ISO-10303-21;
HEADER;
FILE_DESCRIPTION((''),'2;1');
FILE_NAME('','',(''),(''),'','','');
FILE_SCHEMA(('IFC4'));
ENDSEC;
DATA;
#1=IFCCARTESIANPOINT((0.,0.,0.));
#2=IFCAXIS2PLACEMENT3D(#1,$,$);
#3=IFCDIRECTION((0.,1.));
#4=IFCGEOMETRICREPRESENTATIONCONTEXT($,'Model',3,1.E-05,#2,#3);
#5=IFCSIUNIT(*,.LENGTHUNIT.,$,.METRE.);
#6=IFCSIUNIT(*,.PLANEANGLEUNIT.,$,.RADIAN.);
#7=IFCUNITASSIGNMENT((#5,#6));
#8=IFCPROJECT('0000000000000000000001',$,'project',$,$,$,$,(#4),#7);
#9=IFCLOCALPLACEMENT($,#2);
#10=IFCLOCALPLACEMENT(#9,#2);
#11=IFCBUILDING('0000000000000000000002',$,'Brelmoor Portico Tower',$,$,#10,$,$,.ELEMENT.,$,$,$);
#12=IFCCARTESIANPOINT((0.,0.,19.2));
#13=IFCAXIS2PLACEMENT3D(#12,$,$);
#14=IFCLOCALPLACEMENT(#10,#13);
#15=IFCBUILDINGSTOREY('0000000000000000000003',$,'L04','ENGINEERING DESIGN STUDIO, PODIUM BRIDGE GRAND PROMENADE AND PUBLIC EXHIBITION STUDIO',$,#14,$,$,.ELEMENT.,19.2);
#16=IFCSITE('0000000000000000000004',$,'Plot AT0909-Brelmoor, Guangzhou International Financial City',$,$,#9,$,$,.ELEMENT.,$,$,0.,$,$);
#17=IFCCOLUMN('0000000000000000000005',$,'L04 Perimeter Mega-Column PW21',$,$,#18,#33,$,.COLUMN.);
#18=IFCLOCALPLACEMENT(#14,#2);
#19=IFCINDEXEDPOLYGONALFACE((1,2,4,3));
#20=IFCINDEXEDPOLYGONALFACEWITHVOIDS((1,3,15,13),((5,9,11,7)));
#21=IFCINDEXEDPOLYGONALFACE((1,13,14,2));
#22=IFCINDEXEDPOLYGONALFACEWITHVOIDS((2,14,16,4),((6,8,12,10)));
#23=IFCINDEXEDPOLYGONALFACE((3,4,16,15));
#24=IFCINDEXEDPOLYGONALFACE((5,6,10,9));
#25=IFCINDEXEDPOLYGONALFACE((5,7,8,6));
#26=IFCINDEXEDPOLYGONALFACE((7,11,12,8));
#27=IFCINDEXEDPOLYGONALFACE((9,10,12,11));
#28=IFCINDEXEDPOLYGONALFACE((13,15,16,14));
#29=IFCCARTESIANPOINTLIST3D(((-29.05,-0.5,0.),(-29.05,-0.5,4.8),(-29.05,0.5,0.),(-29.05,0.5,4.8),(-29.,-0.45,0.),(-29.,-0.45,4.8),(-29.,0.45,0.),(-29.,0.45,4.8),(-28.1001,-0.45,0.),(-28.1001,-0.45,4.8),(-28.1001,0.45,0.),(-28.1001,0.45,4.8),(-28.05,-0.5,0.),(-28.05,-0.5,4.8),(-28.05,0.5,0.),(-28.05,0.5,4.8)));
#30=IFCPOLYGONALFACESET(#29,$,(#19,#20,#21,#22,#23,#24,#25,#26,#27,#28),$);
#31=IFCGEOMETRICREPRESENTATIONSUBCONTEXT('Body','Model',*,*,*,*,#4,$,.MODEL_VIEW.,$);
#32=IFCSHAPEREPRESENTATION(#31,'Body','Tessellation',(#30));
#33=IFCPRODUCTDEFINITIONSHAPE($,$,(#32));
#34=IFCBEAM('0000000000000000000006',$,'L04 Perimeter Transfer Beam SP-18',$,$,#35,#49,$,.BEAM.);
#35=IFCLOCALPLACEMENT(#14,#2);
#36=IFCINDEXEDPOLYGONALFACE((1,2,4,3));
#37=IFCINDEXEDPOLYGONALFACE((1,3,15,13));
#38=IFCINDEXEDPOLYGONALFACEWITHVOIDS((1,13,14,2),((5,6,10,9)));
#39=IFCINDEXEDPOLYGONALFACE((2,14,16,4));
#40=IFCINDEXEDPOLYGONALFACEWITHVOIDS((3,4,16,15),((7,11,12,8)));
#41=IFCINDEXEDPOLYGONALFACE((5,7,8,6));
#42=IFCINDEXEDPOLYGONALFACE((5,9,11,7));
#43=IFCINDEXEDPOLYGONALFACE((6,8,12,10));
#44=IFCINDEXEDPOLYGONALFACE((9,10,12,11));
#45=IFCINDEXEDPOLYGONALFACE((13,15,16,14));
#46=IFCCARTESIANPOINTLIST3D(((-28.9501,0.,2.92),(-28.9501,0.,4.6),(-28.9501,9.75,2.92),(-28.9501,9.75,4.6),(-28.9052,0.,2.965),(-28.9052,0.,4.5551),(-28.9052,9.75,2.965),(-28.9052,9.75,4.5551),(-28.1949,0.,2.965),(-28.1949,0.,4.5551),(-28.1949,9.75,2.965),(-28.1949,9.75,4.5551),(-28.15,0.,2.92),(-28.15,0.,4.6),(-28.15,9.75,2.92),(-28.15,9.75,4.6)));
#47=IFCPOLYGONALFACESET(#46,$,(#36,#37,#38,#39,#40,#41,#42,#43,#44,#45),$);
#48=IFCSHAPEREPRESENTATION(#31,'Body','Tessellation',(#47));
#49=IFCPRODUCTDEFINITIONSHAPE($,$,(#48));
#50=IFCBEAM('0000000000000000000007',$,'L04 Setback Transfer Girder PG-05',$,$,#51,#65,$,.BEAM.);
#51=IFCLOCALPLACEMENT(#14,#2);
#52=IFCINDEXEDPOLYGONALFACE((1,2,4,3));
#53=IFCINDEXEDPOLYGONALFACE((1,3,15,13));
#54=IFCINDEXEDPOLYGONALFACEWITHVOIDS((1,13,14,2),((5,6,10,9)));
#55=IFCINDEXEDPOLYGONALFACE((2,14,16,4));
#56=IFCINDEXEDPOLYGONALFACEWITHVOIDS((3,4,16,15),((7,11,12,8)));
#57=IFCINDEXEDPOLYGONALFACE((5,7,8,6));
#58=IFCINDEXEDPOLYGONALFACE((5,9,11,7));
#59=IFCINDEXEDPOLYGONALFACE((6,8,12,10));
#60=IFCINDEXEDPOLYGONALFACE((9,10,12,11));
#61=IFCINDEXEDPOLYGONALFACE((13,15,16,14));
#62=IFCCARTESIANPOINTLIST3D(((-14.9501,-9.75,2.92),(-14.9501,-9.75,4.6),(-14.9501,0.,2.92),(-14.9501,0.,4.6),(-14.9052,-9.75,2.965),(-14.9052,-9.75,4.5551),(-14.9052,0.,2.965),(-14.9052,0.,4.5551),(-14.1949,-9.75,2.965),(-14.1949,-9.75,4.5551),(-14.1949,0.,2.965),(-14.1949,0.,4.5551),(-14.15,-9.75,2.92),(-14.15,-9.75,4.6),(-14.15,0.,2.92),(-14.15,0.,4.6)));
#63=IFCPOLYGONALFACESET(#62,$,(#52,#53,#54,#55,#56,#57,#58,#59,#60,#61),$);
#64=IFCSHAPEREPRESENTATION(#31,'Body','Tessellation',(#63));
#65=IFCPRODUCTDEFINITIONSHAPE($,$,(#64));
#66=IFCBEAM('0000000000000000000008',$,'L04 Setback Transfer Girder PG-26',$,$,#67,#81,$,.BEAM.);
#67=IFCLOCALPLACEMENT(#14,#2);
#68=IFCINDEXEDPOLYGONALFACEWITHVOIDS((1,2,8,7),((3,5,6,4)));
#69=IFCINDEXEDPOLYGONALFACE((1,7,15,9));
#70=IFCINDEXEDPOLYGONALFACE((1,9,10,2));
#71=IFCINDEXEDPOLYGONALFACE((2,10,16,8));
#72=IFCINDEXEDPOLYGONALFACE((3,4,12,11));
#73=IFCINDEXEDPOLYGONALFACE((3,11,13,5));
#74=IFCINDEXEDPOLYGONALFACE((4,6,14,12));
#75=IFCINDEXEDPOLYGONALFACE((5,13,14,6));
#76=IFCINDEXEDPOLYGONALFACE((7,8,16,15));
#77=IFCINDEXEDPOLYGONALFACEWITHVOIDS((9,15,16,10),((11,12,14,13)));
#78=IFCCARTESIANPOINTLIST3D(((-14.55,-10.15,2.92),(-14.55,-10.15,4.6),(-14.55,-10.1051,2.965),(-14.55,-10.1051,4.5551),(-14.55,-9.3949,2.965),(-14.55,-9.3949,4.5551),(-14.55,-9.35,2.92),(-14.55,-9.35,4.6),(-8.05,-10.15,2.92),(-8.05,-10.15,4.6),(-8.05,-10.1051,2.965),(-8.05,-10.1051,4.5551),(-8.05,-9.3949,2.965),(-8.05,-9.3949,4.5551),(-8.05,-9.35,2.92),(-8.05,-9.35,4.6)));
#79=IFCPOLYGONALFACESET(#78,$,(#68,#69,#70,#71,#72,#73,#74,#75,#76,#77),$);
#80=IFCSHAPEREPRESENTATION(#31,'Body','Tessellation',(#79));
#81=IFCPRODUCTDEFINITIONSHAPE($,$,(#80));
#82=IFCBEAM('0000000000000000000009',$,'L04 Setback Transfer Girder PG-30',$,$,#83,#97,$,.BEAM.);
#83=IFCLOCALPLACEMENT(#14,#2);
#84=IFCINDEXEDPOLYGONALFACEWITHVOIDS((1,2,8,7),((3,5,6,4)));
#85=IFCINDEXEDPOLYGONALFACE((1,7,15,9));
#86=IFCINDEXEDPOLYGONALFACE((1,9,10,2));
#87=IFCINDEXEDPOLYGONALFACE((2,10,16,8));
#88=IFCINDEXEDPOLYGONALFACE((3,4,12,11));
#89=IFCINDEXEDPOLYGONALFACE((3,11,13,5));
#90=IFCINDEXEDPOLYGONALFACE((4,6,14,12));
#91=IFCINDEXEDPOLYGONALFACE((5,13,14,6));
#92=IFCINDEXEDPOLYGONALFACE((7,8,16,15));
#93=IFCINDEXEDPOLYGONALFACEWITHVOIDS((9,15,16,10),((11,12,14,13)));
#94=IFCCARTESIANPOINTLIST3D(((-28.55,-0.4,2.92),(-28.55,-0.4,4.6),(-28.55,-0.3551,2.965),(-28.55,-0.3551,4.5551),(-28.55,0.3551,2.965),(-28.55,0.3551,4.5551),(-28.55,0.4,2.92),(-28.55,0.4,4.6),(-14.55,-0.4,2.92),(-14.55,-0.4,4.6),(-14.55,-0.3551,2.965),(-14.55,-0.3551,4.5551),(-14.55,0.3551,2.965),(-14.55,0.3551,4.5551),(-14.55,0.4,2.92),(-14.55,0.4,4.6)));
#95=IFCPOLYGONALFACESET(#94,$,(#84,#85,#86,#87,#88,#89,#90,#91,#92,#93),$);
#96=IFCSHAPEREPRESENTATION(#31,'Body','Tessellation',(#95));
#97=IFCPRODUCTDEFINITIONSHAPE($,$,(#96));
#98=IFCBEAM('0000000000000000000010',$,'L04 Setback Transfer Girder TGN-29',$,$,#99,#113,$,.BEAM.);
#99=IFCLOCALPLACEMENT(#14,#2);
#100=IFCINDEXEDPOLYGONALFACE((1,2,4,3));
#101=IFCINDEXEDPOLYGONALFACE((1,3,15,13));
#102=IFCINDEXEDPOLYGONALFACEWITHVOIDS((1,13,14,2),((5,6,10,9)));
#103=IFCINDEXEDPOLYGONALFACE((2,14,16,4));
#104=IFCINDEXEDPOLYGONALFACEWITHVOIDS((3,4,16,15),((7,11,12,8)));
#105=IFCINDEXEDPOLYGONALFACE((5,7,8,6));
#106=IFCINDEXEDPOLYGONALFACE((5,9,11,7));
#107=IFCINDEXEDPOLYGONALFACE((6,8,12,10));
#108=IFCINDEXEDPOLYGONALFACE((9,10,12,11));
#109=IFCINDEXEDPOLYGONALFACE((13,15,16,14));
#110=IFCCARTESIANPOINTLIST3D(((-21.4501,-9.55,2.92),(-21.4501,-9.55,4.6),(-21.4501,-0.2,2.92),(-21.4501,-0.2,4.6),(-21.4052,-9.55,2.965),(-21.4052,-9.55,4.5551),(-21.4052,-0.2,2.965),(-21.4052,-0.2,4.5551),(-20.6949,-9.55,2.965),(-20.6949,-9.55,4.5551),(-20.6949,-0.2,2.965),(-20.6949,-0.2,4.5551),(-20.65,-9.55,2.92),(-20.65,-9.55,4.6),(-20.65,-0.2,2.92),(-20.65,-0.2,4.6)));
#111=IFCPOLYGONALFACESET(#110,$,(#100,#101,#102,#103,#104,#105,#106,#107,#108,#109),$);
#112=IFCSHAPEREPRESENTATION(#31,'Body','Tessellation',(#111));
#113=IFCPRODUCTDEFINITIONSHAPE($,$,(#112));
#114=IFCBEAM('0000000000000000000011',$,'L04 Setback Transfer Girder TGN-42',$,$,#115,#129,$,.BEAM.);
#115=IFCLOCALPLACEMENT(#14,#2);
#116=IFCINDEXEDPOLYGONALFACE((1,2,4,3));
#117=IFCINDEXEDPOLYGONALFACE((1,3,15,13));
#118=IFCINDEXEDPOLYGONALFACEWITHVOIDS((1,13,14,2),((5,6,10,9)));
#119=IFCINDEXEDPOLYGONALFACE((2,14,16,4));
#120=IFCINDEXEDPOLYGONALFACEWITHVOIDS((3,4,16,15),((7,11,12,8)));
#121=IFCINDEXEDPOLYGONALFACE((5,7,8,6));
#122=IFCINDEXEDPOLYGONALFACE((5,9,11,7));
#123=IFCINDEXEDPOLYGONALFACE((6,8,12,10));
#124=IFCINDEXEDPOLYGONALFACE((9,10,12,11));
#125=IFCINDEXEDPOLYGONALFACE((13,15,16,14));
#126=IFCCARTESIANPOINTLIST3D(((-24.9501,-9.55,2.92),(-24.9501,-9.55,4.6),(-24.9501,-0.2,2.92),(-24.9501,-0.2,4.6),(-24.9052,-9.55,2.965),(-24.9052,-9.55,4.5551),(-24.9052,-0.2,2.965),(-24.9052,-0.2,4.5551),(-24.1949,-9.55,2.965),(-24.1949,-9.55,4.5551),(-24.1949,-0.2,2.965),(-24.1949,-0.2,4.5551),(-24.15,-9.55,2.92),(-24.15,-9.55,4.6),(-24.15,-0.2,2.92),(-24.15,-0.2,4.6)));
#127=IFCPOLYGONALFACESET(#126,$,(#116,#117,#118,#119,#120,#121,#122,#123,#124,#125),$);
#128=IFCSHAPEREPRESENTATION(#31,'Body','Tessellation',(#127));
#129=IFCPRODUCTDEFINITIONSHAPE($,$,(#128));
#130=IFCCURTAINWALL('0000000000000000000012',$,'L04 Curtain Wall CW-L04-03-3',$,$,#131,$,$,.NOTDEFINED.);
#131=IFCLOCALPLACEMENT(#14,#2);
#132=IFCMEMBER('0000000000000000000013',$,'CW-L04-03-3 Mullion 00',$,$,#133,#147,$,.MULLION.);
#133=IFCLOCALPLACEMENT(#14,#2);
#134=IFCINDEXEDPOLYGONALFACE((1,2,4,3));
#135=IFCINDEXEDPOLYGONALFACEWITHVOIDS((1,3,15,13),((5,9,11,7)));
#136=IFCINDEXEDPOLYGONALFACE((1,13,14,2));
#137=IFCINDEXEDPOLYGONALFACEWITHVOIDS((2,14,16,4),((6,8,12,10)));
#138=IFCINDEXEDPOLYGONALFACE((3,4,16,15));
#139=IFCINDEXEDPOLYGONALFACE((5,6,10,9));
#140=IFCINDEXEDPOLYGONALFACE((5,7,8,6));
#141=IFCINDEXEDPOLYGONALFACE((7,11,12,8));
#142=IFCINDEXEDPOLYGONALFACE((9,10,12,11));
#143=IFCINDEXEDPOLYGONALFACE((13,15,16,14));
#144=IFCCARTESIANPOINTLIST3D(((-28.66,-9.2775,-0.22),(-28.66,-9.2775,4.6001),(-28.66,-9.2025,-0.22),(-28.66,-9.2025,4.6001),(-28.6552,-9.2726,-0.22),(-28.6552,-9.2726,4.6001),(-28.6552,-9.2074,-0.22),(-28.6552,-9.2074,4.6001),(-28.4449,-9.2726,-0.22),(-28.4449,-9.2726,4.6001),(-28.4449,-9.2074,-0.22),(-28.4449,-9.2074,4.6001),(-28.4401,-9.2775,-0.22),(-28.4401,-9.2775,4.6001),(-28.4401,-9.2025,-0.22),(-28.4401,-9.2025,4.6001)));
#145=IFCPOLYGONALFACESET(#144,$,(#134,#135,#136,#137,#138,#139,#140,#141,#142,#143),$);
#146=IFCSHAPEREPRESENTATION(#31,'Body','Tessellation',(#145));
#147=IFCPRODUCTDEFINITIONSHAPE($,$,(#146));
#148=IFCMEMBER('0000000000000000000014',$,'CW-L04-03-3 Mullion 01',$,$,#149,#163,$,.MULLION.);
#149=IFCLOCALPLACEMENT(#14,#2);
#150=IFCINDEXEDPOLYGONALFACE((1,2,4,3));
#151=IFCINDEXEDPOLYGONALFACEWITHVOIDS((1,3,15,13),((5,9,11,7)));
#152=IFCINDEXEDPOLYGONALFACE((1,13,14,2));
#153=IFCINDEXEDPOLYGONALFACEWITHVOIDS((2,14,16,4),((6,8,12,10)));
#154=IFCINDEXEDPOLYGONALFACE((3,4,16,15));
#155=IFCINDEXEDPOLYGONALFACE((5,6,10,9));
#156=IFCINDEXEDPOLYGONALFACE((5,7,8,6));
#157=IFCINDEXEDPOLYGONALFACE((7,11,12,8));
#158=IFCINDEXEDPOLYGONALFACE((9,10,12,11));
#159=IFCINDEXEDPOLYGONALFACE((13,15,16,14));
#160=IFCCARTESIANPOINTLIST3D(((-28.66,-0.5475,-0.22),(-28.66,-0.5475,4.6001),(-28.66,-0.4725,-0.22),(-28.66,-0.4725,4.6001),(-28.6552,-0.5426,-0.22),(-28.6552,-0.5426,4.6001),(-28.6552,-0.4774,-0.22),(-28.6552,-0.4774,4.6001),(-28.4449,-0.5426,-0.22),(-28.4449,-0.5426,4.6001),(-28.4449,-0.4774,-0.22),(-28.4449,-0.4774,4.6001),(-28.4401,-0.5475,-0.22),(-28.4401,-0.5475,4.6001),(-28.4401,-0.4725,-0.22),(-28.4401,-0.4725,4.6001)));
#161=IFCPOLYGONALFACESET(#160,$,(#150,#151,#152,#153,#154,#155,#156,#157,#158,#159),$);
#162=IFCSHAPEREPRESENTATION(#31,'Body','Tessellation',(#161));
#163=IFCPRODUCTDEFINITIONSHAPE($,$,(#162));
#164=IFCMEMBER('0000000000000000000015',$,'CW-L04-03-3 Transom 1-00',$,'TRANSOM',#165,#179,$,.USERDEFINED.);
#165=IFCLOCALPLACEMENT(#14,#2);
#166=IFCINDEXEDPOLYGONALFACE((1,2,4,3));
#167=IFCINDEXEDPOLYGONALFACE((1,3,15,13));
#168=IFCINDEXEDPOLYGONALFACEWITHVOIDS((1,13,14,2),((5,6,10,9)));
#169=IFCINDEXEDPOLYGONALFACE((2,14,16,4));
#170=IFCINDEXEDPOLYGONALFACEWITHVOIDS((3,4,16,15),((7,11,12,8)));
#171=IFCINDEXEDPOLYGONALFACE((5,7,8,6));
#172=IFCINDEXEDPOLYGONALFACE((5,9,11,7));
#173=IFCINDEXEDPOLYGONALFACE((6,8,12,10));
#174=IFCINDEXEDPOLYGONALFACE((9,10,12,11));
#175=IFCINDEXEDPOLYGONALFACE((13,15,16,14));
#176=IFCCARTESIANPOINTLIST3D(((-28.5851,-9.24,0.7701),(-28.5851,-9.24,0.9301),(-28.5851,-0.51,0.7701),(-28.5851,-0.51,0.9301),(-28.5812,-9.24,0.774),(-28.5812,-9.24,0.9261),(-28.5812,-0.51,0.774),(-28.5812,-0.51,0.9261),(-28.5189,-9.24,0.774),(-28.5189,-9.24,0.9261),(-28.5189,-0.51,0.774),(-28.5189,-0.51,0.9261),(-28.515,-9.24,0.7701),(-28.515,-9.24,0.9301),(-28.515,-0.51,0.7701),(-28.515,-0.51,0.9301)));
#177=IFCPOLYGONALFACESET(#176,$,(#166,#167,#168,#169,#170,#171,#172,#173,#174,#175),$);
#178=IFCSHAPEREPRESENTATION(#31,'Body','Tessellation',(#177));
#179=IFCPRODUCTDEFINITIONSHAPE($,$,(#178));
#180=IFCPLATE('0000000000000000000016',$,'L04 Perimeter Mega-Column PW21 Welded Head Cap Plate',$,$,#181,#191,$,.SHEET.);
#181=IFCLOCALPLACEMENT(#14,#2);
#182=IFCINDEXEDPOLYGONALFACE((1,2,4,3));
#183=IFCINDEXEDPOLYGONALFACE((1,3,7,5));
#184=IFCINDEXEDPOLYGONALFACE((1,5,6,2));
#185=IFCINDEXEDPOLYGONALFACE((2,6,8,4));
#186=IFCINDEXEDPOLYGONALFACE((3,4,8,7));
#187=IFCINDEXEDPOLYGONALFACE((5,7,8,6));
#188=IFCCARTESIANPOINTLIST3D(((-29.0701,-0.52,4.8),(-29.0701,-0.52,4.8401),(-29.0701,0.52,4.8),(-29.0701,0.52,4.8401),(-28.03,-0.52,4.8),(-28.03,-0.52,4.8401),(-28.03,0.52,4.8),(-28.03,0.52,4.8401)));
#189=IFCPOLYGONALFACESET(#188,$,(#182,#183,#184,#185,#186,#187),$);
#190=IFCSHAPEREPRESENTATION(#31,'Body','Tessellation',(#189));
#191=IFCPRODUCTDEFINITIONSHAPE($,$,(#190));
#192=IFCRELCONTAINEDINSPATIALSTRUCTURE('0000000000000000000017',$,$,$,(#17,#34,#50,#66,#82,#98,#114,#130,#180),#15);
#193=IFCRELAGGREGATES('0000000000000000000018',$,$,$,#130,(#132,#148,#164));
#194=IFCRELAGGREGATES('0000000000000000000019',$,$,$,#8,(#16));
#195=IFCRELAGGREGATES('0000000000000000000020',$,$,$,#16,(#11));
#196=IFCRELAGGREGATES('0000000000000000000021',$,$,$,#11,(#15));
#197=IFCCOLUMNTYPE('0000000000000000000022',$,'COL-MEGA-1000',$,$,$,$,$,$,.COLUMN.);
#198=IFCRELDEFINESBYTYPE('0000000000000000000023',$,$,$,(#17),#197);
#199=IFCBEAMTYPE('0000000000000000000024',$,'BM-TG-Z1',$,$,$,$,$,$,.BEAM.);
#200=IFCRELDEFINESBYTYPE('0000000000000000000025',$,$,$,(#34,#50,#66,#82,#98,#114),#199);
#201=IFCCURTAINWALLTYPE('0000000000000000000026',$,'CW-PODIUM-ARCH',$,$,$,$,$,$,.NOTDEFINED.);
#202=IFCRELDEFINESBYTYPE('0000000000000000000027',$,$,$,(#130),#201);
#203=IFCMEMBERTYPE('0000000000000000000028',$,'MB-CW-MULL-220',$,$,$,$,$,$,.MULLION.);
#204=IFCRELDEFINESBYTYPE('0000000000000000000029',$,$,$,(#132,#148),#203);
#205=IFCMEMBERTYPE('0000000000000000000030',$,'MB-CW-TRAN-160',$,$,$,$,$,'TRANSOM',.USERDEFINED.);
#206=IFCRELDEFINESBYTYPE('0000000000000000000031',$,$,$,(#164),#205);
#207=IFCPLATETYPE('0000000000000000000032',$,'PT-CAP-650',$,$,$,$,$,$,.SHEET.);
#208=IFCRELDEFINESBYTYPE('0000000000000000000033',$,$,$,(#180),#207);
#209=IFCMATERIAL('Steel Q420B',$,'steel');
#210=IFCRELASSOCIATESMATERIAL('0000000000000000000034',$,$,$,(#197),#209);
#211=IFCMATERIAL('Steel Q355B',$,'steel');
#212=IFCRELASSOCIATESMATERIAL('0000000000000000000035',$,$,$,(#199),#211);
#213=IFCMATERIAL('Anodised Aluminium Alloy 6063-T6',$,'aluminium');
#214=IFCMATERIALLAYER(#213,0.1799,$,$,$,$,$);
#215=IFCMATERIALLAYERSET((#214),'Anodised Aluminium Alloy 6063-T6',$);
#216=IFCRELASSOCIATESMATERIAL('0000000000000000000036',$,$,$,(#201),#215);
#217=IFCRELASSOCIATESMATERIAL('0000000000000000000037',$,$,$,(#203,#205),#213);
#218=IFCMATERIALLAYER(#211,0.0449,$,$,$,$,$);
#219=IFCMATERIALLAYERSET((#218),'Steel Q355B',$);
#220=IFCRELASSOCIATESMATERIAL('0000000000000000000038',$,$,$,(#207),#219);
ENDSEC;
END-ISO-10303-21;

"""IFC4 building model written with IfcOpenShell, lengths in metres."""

from ifc_helpers import new_model, si_unit, direction, frame, origin, origin_2d, place, context, subcontext, project, spatial, rectangle, hollow_rectangle, extrude, material, layer, layer_set, material_profile, profile_set, type_object, element, aggregate, save


model = new_model("IFC4")

# Units and contexts
model_context = context("Model", 3, precision=1e-05, world=origin(), true_north=direction((0.0, 1.0)))
body_context = subcontext(model_context, "Body", "Model", "MODEL_VIEW")
ifc_project = project(units=[si_unit("LENGTHUNIT", "METRE"), si_unit("PLANEANGLEUNIT", "RADIAN")], contexts=[model_context])

# Site, building, storey
site_placement = place(None, origin())
site = spatial("IfcSite", under=ifc_project, at=site_placement, Name="Plot AT0909-Brelmoor, Guangzhou International Financial City", CompositionType="ELEMENT", RefElevation=0.0)
building_placement = place(site_placement, origin())
building = spatial("IfcBuilding", under=site, at=building_placement, Name="Brelmoor Portico Tower", CompositionType="ELEMENT")
storey_placement = place(building_placement, frame((0.0, 0.0, 19.2)))
storey = spatial("IfcBuildingStorey", under=building, at=storey_placement, Name="L04", Description="ENGINEERING DESIGN STUDIO, PODIUM BRIDGE GRAND PROMENADE AND PUBLIC EXHIBITION STUDIO", CompositionType="ELEMENT", Elevation=19.2)

# Column
ifc_material_1 = material(Name="Steel Q420B", Category="steel")
ifc_material_profile_1 = material_profile(ifc_material_1, hollow_rectangle(XDim=1.0, YDim=1.0, WallThickness=0.05, at=origin_2d()), Name="BOX 1000x1000x50")
ifc_profile_set_1 = profile_set([ifc_material_profile_1], Name="Steel Q420B")
column_type = type_object("IfcColumnType", Name="COL-MEGA-1000", PredefinedType="COLUMN", material=ifc_profile_set_1)
column_placement = place(storey_placement, frame((-28.55, 0.0, 0.0), z_axis=(0.0, 0.0, 1.0), x_axis=(0.0, 1.0, 0.0)))
element("IfcColumn", 1, at=column_placement, inside=storey, type_object=column_type, Name="L04 Perimeter Mega-Column PW21", PredefinedType="COLUMN", context=body_context, shape_type="SweptSolid", body=[
    extrude(hollow_rectangle(XDim=1.0, YDim=1.0, WallThickness=0.05, at=origin_2d()), origin(), (0.0, 0.0, 1.0), 4.8),
])

# Beams
ifc_material_2 = material(Name="Steel Q355B", Category="steel")
ifc_material_profile_2 = material_profile(ifc_material_2, hollow_rectangle(XDim=0.8, YDim=1.6799, WallThickness=0.0449, at=origin_2d()), Name="BOX 800x1680x45")
ifc_profile_set_2 = profile_set([ifc_material_profile_2], Name="Steel Q355B")
beam_type = type_object("IfcBeamType", Name="BM-TG-Z1", PredefinedType="BEAM", material=ifc_profile_set_2)
for number, where, z_axis, x_axis, name in (
    (2, (-28.55, 0.0, 3.76), (0.0, 1.0, 0.0), (-1.0, 0.0, 0.0), "L04 Perimeter Transfer Beam SP-18"),
    (3, (-14.55, -9.75, 3.76), (0.0, 1.0, 0.0), (-1.0, 0.0, 0.0), "L04 Setback Transfer Girder PG-05"),
):
    element("IfcBeam", number, at=place(storey_placement, frame(where, z_axis=z_axis, x_axis=x_axis)), inside=storey, type_object=beam_type, Name=name, PredefinedType="BEAM", context=body_context, shape_type="SweptSolid", body=[
        extrude(hollow_rectangle(XDim=0.8, YDim=1.6799, WallThickness=0.0449, at=origin_2d()), origin(), (0.0, 0.0, 1.0), 9.75),
    ])
beam_1_placement = place(storey_placement, frame((-14.55, -9.75, 3.76), z_axis=(1.0, 0.0, 0.0), x_axis=(0.0, 1.0, 0.0)))
element("IfcBeam", 4, at=beam_1_placement, inside=storey, type_object=beam_type, Name="L04 Setback Transfer Girder PG-26", PredefinedType="BEAM", context=body_context, shape_type="SweptSolid", body=[
    extrude(hollow_rectangle(XDim=0.8, YDim=1.6799, WallThickness=0.0449, at=origin_2d()), origin(), (0.0, 0.0, 1.0), 6.5),
])
beam_2_placement = place(storey_placement, frame((-28.55, 0.0, 3.76), z_axis=(1.0, 0.0, 0.0), x_axis=(0.0, 1.0, 0.0)))
element("IfcBeam", 5, at=beam_2_placement, inside=storey, type_object=beam_type, Name="L04 Setback Transfer Girder PG-30", PredefinedType="BEAM", context=body_context, shape_type="SweptSolid", body=[
    extrude(hollow_rectangle(XDim=0.8, YDim=1.6799, WallThickness=0.0449, at=origin_2d()), origin(), (0.0, 0.0, 1.0), 14.0),
])
for number, where, z_axis, x_axis, name in (
    (6, (-21.05, -9.55, 3.76), (0.0, 1.0, 0.0), (-1.0, 0.0, 0.0), "L04 Setback Transfer Girder TGN-29"),
    (7, (-24.55, -9.55, 3.76), (0.0, 1.0, 0.0), (-1.0, 0.0, 0.0), "L04 Setback Transfer Girder TGN-42"),
):
    element("IfcBeam", number, at=place(storey_placement, frame(where, z_axis=z_axis, x_axis=x_axis)), inside=storey, type_object=beam_type, Name=name, PredefinedType="BEAM", context=body_context, shape_type="SweptSolid", body=[
        extrude(hollow_rectangle(XDim=0.8, YDim=1.6799, WallThickness=0.0449, at=origin_2d()), origin(), (0.0, 0.0, 1.0), 9.3501),
    ])

# Curtain wall, members
ifc_material_3 = material(Name="Anodised Aluminium Alloy 6063-T6", Category="aluminium")
ifc_layer_1 = layer(ifc_material_3, 0.1799)
ifc_layer_set_1 = layer_set([ifc_layer_1], Name="Anodised Aluminium Alloy 6063-T6")
curtain_wall_type = type_object("IfcCurtainWallType", Name="CW-PODIUM-ARCH", PredefinedType="NOTDEFINED", material=ifc_layer_set_1)
curtain_wall_placement = place(storey_placement, origin())
curtain_wall = element("IfcCurtainWall", 8, at=curtain_wall_placement, inside=storey, type_object=curtain_wall_type, Name="L04 Curtain Wall CW-L04-03-3", PredefinedType="NOTDEFINED")
ifc_material_profile_3 = material_profile(ifc_material_3, hollow_rectangle(XDim=0.075, YDim=0.22, WallThickness=0.0049, at=origin_2d()), Name="ALU MULLION 75x220")
ifc_profile_set_3 = profile_set([ifc_material_profile_3], Name="Anodised Aluminium Alloy 6063-T6")
member_type_1 = type_object("IfcMemberType", Name="MB-CW-MULL-220", PredefinedType="MULLION", material=ifc_profile_set_3)
member_1_placement = place(storey_placement, frame((-28.55, -9.24, -0.22), z_axis=(0.0, 0.0, 1.0), x_axis=(0.0, 1.0, 0.0)))
member_1 = element("IfcMember", 9, at=member_1_placement, type_object=member_type_1, Name="CW-L04-03-3 Mullion 00", PredefinedType="MULLION", context=body_context, shape_type="SweptSolid", body=[
    extrude(hollow_rectangle(XDim=0.075, YDim=0.22, WallThickness=0.0049, at=origin_2d()), origin(), (0.0, 0.0, 1.0), 4.8201),
])
member_2_placement = place(storey_placement, frame((-28.55, -0.51, -0.22), z_axis=(0.0, 0.0, 1.0), x_axis=(0.0, 1.0, 0.0)))
member_2 = element("IfcMember", 10, at=member_2_placement, type_object=member_type_1, Name="CW-L04-03-3 Mullion 01", PredefinedType="MULLION", context=body_context, shape_type="SweptSolid", body=[
    extrude(hollow_rectangle(XDim=0.075, YDim=0.22, WallThickness=0.0049, at=origin_2d()), origin(), (0.0, 0.0, 1.0), 4.8201),
])
ifc_material_profile_4 = material_profile(ifc_material_3, hollow_rectangle(XDim=0.0701, YDim=0.1599, WallThickness=0.0039, at=origin_2d()), Name="ALU TRANSOM 70x160")
ifc_profile_set_4 = profile_set([ifc_material_profile_4], Name="Anodised Aluminium Alloy 6063-T6")
member_type_2 = type_object("IfcMemberType", Name="MB-CW-TRAN-160", ElementType="TRANSOM", PredefinedType="USERDEFINED", material=ifc_profile_set_4)
member_3_placement = place(storey_placement, frame((-28.55, -9.24, 0.8501), z_axis=(0.0, 1.0, 0.0), x_axis=(-1.0, 0.0, 0.0)))
member_3 = element("IfcMember", 11, at=member_3_placement, type_object=member_type_2, Name="CW-L04-03-3 Transom 1-00", ObjectType="TRANSOM", PredefinedType="USERDEFINED", context=body_context, shape_type="SweptSolid", body=[
    extrude(hollow_rectangle(XDim=0.0701, YDim=0.1599, WallThickness=0.0039, at=origin_2d()), origin(), (0.0, 0.0, 1.0), 8.73),
])

# Plate
ifc_layer_2 = layer(ifc_material_2, 0.0449)
ifc_layer_set_2 = layer_set([ifc_layer_2], Name="Steel Q355B")
plate_type_1 = type_object("IfcPlateType", Name="PT-CAP-650", PredefinedType="SHEET", material=ifc_layer_set_2)
plate_1_placement = place(storey_placement, frame((-28.55, 0.0, 4.8), z_axis=(0.0, 0.0, 1.0), x_axis=(0.0, 1.0, 0.0)))
element("IfcPlate", 12, at=plate_1_placement, inside=storey, type_object=plate_type_1, Name="L04 Perimeter Mega-Column PW21 Welded Head Cap Plate", PredefinedType="SHEET", context=body_context, shape_type="SweptSolid", body=[
    extrude(rectangle(XDim=1.04, YDim=1.04, at=origin_2d()), origin(), (0.0, 0.0, 1.0), 0.04),
])
aggregate(curtain_wall, [member_1, member_2, member_3])

save(model, "model.ifc")
